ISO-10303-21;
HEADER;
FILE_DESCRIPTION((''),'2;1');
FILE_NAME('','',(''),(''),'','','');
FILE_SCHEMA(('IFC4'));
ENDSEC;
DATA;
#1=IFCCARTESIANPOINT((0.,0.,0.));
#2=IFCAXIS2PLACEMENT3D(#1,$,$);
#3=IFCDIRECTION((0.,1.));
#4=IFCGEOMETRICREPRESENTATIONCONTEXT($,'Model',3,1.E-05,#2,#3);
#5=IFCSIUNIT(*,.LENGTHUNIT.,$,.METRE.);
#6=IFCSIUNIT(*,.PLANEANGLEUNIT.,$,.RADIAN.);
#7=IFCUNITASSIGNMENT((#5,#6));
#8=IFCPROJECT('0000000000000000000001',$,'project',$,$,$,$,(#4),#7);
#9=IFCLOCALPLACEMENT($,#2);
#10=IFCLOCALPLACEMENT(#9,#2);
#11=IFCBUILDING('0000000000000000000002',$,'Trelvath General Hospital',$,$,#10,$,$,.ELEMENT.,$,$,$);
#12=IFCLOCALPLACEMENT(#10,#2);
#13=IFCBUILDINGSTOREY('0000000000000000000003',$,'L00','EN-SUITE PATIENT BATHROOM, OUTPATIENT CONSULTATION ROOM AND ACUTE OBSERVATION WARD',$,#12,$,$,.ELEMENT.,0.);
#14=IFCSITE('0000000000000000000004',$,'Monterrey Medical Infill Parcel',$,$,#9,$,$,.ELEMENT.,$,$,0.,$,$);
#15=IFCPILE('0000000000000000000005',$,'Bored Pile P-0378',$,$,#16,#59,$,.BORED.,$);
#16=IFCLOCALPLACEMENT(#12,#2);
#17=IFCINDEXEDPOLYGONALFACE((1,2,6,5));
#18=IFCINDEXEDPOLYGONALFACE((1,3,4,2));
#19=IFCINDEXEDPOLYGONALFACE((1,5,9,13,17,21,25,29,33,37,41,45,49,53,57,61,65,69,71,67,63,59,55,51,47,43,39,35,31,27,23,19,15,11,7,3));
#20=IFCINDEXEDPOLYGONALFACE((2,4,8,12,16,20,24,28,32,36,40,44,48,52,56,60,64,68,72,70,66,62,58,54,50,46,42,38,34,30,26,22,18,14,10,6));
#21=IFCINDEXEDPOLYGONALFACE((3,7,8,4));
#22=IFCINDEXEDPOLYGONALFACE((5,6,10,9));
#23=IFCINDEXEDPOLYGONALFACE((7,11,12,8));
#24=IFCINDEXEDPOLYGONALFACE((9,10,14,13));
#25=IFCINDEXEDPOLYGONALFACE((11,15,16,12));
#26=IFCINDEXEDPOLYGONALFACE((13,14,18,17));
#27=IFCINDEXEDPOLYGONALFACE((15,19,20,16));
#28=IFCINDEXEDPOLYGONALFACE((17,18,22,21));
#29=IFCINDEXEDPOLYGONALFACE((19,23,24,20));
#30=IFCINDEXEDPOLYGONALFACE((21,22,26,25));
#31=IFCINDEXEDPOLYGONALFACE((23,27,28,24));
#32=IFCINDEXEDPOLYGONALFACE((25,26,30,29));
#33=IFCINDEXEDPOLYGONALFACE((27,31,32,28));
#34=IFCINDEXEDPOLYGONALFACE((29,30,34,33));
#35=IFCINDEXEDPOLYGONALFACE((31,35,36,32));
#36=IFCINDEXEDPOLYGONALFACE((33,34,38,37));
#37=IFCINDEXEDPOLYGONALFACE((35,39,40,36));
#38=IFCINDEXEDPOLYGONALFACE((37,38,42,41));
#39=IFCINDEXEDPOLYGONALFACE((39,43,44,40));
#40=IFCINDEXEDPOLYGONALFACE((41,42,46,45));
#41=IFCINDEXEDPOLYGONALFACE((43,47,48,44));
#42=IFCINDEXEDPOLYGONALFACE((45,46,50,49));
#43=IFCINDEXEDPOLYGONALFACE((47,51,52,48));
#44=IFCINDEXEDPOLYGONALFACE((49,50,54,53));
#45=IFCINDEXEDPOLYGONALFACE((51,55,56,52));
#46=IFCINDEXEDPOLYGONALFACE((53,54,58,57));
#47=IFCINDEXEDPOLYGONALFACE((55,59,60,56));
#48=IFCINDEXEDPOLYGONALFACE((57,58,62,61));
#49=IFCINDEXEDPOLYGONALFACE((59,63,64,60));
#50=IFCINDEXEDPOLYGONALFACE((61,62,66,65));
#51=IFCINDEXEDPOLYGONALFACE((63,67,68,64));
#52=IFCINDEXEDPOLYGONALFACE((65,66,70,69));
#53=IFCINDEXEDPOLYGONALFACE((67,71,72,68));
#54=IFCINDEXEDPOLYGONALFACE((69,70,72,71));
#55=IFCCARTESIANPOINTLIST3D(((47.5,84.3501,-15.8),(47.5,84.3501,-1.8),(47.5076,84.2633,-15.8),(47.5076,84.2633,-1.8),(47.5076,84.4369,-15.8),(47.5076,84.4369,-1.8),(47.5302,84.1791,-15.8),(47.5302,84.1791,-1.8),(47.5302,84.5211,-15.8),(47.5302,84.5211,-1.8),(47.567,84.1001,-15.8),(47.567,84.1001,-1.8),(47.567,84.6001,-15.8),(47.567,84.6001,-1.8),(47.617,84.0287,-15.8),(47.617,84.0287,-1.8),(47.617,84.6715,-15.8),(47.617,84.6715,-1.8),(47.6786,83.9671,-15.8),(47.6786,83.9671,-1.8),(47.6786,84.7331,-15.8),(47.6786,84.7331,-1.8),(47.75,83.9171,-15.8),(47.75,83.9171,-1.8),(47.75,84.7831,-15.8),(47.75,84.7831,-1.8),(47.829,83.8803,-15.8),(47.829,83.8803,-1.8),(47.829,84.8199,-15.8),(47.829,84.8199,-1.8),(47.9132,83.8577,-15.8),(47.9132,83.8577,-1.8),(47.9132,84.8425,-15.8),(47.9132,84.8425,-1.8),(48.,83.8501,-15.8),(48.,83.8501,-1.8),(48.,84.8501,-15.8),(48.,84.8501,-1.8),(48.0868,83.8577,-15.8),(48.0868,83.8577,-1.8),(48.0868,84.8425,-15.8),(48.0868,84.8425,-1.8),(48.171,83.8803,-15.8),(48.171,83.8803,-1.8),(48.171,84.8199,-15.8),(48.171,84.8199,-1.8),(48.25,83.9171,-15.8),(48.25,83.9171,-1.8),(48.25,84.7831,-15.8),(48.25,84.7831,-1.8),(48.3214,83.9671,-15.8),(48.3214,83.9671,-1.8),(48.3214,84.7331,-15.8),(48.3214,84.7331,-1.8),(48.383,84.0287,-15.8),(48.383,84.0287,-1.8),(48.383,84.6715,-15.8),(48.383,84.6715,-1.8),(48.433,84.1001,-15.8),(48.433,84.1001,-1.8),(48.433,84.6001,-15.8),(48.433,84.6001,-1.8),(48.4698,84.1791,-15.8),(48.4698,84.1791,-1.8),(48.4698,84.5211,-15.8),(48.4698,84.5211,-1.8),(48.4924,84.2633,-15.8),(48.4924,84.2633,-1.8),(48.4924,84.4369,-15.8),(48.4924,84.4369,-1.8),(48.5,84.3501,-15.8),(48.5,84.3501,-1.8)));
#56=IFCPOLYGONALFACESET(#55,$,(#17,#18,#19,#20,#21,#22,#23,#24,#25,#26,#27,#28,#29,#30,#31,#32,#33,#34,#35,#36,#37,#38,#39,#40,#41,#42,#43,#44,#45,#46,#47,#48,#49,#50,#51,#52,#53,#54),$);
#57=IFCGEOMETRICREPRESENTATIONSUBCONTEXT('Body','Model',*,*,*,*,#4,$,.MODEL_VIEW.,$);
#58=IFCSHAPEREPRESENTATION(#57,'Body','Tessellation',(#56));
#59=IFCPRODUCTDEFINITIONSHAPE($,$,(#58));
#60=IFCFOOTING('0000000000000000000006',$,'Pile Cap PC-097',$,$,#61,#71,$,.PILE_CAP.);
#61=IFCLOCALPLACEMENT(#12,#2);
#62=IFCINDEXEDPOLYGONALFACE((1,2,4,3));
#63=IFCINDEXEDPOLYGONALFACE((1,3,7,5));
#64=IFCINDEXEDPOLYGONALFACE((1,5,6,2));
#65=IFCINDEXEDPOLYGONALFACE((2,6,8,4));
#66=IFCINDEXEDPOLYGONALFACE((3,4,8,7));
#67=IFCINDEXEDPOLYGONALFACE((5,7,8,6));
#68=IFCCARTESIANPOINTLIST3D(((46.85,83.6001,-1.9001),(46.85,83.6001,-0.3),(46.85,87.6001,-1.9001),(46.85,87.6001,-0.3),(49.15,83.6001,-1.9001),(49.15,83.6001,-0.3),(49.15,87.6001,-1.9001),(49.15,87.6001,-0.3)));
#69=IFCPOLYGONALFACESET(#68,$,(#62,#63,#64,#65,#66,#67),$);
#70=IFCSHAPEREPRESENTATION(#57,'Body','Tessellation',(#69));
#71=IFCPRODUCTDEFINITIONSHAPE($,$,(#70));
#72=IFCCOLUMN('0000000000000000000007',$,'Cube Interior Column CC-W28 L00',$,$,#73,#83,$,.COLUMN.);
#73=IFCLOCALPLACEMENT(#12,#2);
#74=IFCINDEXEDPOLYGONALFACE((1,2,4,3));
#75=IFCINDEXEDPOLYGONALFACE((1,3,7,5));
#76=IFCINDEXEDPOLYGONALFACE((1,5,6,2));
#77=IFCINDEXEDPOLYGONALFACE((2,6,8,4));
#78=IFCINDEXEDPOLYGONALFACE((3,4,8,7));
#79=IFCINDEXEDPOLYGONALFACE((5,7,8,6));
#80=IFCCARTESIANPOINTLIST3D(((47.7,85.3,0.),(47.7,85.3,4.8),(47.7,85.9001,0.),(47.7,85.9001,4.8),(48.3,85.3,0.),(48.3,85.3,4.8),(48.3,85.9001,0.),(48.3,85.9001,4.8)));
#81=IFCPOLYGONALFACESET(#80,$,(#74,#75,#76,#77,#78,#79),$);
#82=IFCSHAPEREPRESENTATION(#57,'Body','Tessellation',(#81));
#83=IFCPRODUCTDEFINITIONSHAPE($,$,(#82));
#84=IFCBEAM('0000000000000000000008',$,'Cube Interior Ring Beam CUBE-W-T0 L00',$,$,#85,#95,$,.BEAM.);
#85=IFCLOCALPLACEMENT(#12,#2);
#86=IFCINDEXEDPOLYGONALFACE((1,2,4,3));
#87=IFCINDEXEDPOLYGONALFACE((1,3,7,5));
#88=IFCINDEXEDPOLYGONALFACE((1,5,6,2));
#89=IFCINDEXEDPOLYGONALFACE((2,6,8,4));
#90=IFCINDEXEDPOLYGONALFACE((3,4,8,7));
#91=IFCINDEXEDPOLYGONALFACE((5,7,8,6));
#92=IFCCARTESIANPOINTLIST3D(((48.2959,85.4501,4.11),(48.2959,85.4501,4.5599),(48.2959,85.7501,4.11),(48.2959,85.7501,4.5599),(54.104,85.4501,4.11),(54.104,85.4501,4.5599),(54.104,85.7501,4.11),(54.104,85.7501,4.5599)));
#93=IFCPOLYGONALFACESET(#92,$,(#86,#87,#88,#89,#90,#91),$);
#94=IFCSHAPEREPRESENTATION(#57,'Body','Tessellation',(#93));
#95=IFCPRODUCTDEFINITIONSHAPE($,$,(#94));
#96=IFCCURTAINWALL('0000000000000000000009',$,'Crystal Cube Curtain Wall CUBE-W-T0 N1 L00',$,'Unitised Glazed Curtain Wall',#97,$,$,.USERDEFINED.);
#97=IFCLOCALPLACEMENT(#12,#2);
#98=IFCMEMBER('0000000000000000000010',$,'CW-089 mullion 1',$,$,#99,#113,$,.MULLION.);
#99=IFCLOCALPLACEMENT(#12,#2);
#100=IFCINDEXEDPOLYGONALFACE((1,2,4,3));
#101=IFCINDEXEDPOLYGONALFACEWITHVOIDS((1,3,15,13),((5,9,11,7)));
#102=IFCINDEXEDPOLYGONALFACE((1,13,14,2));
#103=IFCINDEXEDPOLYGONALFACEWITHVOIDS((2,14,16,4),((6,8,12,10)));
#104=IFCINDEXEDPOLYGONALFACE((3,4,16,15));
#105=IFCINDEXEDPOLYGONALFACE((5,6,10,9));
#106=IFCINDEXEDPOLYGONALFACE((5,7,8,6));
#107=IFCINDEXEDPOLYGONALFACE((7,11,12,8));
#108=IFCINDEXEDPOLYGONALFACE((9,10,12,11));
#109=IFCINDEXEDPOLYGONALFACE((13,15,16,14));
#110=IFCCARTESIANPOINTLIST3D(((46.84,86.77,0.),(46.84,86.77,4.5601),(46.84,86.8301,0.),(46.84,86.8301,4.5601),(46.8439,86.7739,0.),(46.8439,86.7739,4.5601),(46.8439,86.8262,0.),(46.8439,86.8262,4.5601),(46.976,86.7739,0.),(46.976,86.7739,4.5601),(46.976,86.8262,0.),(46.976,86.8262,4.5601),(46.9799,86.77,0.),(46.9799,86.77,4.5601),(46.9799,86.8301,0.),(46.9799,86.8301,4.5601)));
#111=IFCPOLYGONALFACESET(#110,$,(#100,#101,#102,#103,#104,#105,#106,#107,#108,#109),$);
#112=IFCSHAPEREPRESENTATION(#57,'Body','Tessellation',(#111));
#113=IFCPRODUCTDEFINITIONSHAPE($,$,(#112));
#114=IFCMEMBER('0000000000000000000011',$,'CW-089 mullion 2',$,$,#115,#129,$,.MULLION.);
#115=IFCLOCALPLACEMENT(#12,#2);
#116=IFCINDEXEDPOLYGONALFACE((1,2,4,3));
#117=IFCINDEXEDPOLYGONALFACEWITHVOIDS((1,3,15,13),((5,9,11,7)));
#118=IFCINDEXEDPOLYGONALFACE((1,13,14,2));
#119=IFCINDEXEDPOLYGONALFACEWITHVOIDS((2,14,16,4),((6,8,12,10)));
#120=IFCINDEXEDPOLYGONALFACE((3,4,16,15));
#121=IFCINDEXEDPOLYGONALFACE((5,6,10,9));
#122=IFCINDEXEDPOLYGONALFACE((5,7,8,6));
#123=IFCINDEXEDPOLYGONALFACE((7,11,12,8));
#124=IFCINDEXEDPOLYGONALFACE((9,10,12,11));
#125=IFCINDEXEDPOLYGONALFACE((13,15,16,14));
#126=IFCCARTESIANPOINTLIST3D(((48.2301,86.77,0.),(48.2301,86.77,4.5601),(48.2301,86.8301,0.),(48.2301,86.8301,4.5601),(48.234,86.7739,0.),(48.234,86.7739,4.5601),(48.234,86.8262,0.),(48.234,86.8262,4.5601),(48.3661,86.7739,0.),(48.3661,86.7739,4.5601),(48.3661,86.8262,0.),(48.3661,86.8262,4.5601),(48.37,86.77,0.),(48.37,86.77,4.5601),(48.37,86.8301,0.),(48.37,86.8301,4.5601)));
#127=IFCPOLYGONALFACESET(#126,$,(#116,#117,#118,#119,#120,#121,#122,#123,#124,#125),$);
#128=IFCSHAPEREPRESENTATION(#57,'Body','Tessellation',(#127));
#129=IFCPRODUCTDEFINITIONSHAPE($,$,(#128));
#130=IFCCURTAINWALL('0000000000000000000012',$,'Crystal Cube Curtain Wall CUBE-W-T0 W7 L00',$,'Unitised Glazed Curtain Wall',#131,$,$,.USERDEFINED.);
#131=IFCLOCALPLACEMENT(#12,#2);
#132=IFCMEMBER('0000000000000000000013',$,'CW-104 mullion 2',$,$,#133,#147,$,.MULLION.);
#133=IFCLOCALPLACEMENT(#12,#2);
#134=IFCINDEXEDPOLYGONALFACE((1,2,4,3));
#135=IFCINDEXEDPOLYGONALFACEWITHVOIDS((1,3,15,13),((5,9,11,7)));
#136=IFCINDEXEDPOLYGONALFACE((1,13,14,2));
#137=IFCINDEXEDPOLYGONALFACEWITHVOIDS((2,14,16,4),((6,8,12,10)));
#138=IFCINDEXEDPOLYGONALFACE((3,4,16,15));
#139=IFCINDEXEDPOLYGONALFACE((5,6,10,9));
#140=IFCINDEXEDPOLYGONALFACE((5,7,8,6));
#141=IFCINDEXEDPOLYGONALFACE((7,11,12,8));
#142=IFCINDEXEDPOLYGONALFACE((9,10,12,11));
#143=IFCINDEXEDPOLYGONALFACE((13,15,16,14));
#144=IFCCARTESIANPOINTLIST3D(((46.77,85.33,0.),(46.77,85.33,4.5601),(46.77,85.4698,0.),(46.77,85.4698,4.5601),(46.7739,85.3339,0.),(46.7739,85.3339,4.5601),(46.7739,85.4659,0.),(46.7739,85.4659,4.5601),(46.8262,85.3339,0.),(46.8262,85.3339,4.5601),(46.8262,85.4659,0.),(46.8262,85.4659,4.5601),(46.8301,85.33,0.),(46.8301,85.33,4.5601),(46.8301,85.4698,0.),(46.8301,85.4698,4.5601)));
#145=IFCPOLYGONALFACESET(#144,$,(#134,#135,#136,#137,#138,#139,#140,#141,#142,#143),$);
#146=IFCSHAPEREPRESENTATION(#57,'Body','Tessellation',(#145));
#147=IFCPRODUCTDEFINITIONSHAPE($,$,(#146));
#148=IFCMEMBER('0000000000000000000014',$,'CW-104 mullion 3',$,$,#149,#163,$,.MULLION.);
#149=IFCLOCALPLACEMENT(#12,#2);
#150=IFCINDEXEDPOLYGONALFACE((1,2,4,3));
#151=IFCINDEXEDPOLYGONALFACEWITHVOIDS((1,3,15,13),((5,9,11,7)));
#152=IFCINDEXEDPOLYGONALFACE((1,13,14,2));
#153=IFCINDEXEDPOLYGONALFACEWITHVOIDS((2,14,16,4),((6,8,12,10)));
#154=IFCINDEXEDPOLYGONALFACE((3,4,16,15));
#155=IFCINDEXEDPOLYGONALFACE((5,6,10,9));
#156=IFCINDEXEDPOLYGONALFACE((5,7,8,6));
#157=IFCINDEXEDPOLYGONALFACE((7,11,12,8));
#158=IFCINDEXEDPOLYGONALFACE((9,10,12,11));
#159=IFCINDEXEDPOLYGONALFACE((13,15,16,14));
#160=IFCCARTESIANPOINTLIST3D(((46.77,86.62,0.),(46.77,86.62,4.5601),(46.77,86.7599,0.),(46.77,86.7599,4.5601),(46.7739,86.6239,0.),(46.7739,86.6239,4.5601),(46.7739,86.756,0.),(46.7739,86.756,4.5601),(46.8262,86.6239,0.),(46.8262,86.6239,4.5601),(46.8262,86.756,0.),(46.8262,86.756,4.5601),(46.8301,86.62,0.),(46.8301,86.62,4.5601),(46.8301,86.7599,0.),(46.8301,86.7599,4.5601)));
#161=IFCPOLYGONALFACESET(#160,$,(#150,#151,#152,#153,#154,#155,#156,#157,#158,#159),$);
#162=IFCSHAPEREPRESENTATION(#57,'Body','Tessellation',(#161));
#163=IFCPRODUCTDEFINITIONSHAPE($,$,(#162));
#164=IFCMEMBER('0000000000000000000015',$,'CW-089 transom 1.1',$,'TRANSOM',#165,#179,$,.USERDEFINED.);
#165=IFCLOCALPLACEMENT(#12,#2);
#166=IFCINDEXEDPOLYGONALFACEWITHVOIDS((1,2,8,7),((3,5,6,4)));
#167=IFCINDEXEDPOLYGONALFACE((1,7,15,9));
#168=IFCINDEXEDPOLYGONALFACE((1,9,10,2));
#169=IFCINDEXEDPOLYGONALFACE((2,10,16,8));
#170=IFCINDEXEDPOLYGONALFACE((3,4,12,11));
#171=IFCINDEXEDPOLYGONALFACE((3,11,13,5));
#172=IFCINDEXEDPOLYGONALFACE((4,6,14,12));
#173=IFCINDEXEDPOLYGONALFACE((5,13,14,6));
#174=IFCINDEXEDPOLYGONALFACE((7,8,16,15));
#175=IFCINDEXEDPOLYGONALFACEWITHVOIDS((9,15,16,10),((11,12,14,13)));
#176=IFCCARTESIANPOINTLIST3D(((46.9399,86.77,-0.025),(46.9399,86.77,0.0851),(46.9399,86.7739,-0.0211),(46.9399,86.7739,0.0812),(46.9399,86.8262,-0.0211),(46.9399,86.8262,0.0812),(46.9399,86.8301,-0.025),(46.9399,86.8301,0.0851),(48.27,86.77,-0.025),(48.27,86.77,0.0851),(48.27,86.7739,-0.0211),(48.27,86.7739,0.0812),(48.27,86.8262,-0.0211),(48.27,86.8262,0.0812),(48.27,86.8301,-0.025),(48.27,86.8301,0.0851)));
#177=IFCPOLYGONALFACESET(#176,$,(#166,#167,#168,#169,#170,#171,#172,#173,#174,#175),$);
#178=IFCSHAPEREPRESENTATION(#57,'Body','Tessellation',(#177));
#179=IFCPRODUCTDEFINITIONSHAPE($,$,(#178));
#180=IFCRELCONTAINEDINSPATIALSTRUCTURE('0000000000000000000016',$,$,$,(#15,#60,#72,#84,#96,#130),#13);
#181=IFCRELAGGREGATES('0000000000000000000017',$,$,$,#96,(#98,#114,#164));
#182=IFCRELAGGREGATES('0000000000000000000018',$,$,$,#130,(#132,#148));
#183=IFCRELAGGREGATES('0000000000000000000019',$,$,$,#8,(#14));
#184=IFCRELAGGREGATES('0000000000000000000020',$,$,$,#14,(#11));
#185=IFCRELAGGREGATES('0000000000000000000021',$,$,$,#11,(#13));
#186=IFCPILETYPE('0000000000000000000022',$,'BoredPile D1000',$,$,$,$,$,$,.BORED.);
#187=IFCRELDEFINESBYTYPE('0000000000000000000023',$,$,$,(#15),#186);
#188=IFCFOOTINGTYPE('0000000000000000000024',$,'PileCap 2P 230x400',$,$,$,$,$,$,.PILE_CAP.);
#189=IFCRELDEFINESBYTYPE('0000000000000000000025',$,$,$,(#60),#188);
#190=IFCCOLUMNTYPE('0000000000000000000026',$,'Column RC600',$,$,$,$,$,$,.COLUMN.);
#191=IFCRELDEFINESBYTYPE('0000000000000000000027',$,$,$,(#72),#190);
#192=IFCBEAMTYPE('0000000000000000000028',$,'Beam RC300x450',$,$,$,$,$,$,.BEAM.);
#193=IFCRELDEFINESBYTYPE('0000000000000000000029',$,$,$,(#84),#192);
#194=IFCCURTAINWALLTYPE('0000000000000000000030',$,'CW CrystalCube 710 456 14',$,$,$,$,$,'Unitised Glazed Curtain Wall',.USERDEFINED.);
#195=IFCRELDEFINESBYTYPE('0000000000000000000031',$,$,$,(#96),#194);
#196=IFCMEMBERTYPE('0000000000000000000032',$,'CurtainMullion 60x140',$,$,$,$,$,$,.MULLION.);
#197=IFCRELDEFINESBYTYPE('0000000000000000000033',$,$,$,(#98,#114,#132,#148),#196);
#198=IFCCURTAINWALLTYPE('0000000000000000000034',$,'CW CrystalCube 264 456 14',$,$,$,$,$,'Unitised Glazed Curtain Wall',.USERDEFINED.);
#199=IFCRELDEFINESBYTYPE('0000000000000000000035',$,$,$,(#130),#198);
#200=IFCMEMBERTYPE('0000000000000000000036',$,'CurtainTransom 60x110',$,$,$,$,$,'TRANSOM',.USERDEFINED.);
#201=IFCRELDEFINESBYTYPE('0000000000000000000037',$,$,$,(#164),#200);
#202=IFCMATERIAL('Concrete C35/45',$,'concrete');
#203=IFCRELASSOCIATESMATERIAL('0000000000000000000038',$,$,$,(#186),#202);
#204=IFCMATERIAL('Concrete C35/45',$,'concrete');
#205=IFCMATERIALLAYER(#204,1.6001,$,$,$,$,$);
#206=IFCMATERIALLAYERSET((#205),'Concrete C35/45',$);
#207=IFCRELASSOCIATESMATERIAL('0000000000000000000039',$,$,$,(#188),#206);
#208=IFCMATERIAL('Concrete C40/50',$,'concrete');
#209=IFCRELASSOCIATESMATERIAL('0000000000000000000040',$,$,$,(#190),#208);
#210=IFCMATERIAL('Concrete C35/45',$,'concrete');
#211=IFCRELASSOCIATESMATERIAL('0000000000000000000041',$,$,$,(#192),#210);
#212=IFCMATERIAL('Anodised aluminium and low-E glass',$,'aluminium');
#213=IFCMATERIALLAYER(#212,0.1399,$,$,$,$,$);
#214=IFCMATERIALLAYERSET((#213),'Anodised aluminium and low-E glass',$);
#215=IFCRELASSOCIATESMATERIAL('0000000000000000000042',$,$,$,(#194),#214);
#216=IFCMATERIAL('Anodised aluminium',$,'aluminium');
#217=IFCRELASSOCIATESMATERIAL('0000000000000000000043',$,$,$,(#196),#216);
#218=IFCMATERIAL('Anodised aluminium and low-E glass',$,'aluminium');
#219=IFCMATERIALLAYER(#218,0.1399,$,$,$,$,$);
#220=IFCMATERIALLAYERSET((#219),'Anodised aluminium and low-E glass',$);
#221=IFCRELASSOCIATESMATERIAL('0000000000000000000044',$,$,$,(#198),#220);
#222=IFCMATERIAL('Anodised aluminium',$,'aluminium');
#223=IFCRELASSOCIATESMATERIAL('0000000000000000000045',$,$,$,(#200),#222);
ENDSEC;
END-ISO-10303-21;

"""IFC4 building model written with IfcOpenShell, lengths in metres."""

from ifc_helpers import new_model, si_unit, direction, frame, origin, origin_2d, place, context, subcontext, project, spatial, rectangle, hollow_rectangle, circle, extrude, material, layer, layer_set, material_profile, profile_set, type_object, element, aggregate, save


model = new_model("IFC4")

# Units and contexts
model_context = context("Model", 3, precision=1e-05, world=origin(), true_north=direction((0.0, 1.0)))
body_context = subcontext(model_context, "Body", "Model", "MODEL_VIEW")
ifc_project = project(units=[si_unit("LENGTHUNIT", "METRE"), si_unit("PLANEANGLEUNIT", "RADIAN")], contexts=[model_context])

# Site, building, storey
site_placement = place(None, origin())
site = spatial("IfcSite", under=ifc_project, at=site_placement, Name="Monterrey Medical Infill Parcel", CompositionType="ELEMENT", RefElevation=0.0)
building_placement = place(site_placement, origin())
building = spatial("IfcBuilding", under=site, at=building_placement, Name="Trelvath General Hospital", CompositionType="ELEMENT")
storey_placement = place(building_placement, origin())
storey = spatial("IfcBuildingStorey", under=building, at=storey_placement, Name="L00", Description="EN-SUITE PATIENT BATHROOM, OUTPATIENT CONSULTATION ROOM AND ACUTE OBSERVATION WARD", CompositionType="ELEMENT", Elevation=0.0)

# Pile
ifc_material_1 = material(Name="Concrete C35/45", Category="concrete")
ifc_material_profile_1 = material_profile(ifc_material_1, circle(Radius=0.5, at=origin_2d()), Name="PILE1000")
ifc_profile_set_1 = profile_set([ifc_material_profile_1], Name="Concrete C35/45")
pile_type = type_object("IfcPileType", Name="BoredPile D1000", PredefinedType="BORED", material=ifc_profile_set_1)
pile_placement = place(storey_placement, frame((48.0, 84.3501, -1.8), z_axis=(0.0, 0.0, -1.0), x_axis=(1.0, 0.0, 0.0)))
element("IfcPile", 1, at=pile_placement, inside=storey, type_object=pile_type, Name="Bored Pile P-0378", PredefinedType="BORED", context=body_context, shape_type="SweptSolid", body=[
    extrude(circle(Radius=0.5, at=origin_2d()), origin(), (0.0, 0.0, 1.0), 14.0),
])

# Footing
ifc_material_2 = material(Name="Concrete C35/45", Category="concrete")
ifc_layer_1 = layer(ifc_material_2, 1.6001)
ifc_layer_set_1 = layer_set([ifc_layer_1], Name="Concrete C35/45")
footing_type = type_object("IfcFootingType", Name="PileCap 2P 230x400", PredefinedType="PILE_CAP", material=ifc_layer_set_1)
footing_placement = place(storey_placement, frame((48.0, 85.6001, -1.9001), z_axis=(0.0, 0.0, 1.0), x_axis=(1.0, 0.0, 0.0)))
element("IfcFooting", 2, at=footing_placement, inside=storey, type_object=footing_type, Name="Pile Cap PC-097", PredefinedType="PILE_CAP", context=body_context, shape_type="SweptSolid", body=[
    extrude(rectangle(XDim=2.3, YDim=4.0, at=origin_2d()), origin(), (0.0, 0.0, 1.0), 1.6001),
])

# Column
ifc_material_3 = material(Name="Concrete C40/50", Category="concrete")
ifc_material_profile_2 = material_profile(ifc_material_3, rectangle(XDim=0.6001, YDim=0.6001, at=origin_2d()), Name="RC600x600")
ifc_profile_set_2 = profile_set([ifc_material_profile_2], Name="Concrete C40/50")
column_type = type_object("IfcColumnType", Name="Column RC600", PredefinedType="COLUMN", material=ifc_profile_set_2)
column_placement = place(storey_placement, frame((48.0, 85.6001, 0.0), z_axis=(0.0, 0.0, 1.0), x_axis=(1.0, 0.0, 0.0)))
element("IfcColumn", 3, at=column_placement, inside=storey, type_object=column_type, Name="Cube Interior Column CC-W28 L00", PredefinedType="COLUMN", context=body_context, shape_type="SweptSolid", body=[
    extrude(rectangle(XDim=0.6001, YDim=0.6001, at=origin_2d()), origin(), (0.0, 0.0, 1.0), 4.8),
])

# Beam
ifc_material_4 = material(Name="Concrete C35/45", Category="concrete")
ifc_material_profile_3 = material_profile(ifc_material_4, rectangle(XDim=0.3, YDim=0.45, at=origin_2d()), Name="RCB300x450")
ifc_profile_set_3 = profile_set([ifc_material_profile_3], Name="Concrete C35/45")
beam_type = type_object("IfcBeamType", Name="Beam RC300x450", PredefinedType="BEAM", material=ifc_profile_set_3)
beam_placement = place(storey_placement, frame((48.2959, 85.6001, 4.335), z_axis=(1.0, 0.0, 0.0), x_axis=(0.0, 1.0, 0.0)))
element("IfcBeam", 4, at=beam_placement, inside=storey, type_object=beam_type, Name="Cube Interior Ring Beam CUBE-W-T0 L00", PredefinedType="BEAM", context=body_context, shape_type="SweptSolid", body=[
    extrude(rectangle(XDim=0.3, YDim=0.45, at=origin_2d()), origin(), (0.0, 0.0, 1.0), 5.8081),
])

# Curtain walls, members
ifc_material_5 = material(Name="Anodised aluminium and low-E glass", Category="aluminium")
ifc_layer_2 = layer(ifc_material_5, 0.1399)
ifc_layer_set_2 = layer_set([ifc_layer_2], Name="Anodised aluminium and low-E glass")
curtain_wall_type_1 = type_object("IfcCurtainWallType", Name="CW CrystalCube 710 456 14", ElementType="Unitised Glazed Curtain Wall", PredefinedType="USERDEFINED", material=ifc_layer_set_2)
curtain_wall_1_placement = place(storey_placement, origin())
curtain_wall_1 = element("IfcCurtainWall", 5, at=curtain_wall_1_placement, inside=storey, type_object=curtain_wall_type_1, Name="Crystal Cube Curtain Wall CUBE-W-T0 N1 L00", ObjectType="Unitised Glazed Curtain Wall", PredefinedType="USERDEFINED")
ifc_material_6 = material(Name="Anodised aluminium", Category="aluminium")
ifc_material_profile_4 = material_profile(ifc_material_6, hollow_rectangle(XDim=0.0601, YDim=0.1399, WallThickness=0.0039, at=origin_2d()), Name="RHS60x140x4")
ifc_profile_set_4 = profile_set([ifc_material_profile_4], Name="Anodised aluminium")
member_type_1 = type_object("IfcMemberType", Name="CurtainMullion 60x140", PredefinedType="MULLION", material=ifc_profile_set_4)
member_1_placement = place(storey_placement, frame((46.9099, 86.8, 0.0), z_axis=(0.0, 0.0, 1.0), x_axis=(0.0, 1.0, 0.0)))
member_1 = element("IfcMember", 6, at=member_1_placement, type_object=member_type_1, Name="CW-089 mullion 1", PredefinedType="MULLION", context=body_context, shape_type="SweptSolid", body=[
    extrude(hollow_rectangle(XDim=0.0601, YDim=0.1399, WallThickness=0.0039, at=origin_2d()), origin(), (0.0, 0.0, 1.0), 4.5601),
])
member_2_placement = place(storey_placement, frame((48.3, 86.8, 0.0), z_axis=(0.0, 0.0, 1.0), x_axis=(0.0, 1.0, 0.0)))
member_2 = element("IfcMember", 7, at=member_2_placement, type_object=member_type_1, Name="CW-089 mullion 2", PredefinedType="MULLION", context=body_context, shape_type="SweptSolid", body=[
    extrude(hollow_rectangle(XDim=0.0601, YDim=0.1399, WallThickness=0.0039, at=origin_2d()), origin(), (0.0, 0.0, 1.0), 4.5601),
])
ifc_material_7 = material(Name="Anodised aluminium and low-E glass", Category="aluminium")
ifc_layer_3 = layer(ifc_material_7, 0.1399)
ifc_layer_set_3 = layer_set([ifc_layer_3], Name="Anodised aluminium and low-E glass")
curtain_wall_type_2 = type_object("IfcCurtainWallType", Name="CW CrystalCube 264 456 14", ElementType="Unitised Glazed Curtain Wall", PredefinedType="USERDEFINED", material=ifc_layer_set_3)
curtain_wall_2_placement = place(storey_placement, origin())
curtain_wall_2 = element("IfcCurtainWall", 8, at=curtain_wall_2_placement, inside=storey, type_object=curtain_wall_type_2, Name="Crystal Cube Curtain Wall CUBE-W-T0 W7 L00", ObjectType="Unitised Glazed Curtain Wall", PredefinedType="USERDEFINED")
member_3_placement = place(storey_placement, frame((46.8, 85.3999, 0.0), z_axis=(0.0, 0.0, 1.0), x_axis=(-1.0, 0.0, 0.0)))
member_3 = element("IfcMember", 9, at=member_3_placement, type_object=member_type_1, Name="CW-104 mullion 2", PredefinedType="MULLION", context=body_context, shape_type="SweptSolid", body=[
    extrude(hollow_rectangle(XDim=0.0601, YDim=0.1399, WallThickness=0.0039, at=origin_2d()), origin(), (0.0, 0.0, 1.0), 4.5601),
])
member_4_placement = place(storey_placement, frame((46.8, 86.6899, 0.0), z_axis=(0.0, 0.0, 1.0), x_axis=(-1.0, 0.0, 0.0)))
member_4 = element("IfcMember", 10, at=member_4_placement, type_object=member_type_1, Name="CW-104 mullion 3", PredefinedType="MULLION", context=body_context, shape_type="SweptSolid", body=[
    extrude(hollow_rectangle(XDim=0.0601, YDim=0.1399, WallThickness=0.0039, at=origin_2d()), origin(), (0.0, 0.0, 1.0), 4.5601),
])

# Member
ifc_material_8 = material(Name="Anodised aluminium", Category="aluminium")
ifc_material_profile_5 = material_profile(ifc_material_8, hollow_rectangle(XDim=0.0601, YDim=0.1101, WallThickness=0.0039, at=origin_2d()), Name="RHS60x110x4")
ifc_profile_set_5 = profile_set([ifc_material_profile_5], Name="Anodised aluminium")
member_type_2 = type_object("IfcMemberType", Name="CurtainTransom 60x110", ElementType="TRANSOM", PredefinedType="USERDEFINED", material=ifc_profile_set_5)
member_5_placement = place(storey_placement, frame((46.9399, 86.8, 0.03), z_axis=(1.0, 0.0, 0.0), x_axis=(0.0, 1.0, 0.0)))
member_5 = element("IfcMember", 11, at=member_5_placement, type_object=member_type_2, Name="CW-089 transom 1.1", ObjectType="TRANSOM", PredefinedType="USERDEFINED", context=body_context, shape_type="SweptSolid", body=[
    extrude(hollow_rectangle(XDim=0.0601, YDim=0.1101, WallThickness=0.0039, at=origin_2d()), origin(), (0.0, 0.0, 1.0), 1.3301),
])

aggregate(curtain_wall_1, [member_1, member_2, member_5])
aggregate(curtain_wall_2, [member_3, member_4])

save(model, "model.ifc")
